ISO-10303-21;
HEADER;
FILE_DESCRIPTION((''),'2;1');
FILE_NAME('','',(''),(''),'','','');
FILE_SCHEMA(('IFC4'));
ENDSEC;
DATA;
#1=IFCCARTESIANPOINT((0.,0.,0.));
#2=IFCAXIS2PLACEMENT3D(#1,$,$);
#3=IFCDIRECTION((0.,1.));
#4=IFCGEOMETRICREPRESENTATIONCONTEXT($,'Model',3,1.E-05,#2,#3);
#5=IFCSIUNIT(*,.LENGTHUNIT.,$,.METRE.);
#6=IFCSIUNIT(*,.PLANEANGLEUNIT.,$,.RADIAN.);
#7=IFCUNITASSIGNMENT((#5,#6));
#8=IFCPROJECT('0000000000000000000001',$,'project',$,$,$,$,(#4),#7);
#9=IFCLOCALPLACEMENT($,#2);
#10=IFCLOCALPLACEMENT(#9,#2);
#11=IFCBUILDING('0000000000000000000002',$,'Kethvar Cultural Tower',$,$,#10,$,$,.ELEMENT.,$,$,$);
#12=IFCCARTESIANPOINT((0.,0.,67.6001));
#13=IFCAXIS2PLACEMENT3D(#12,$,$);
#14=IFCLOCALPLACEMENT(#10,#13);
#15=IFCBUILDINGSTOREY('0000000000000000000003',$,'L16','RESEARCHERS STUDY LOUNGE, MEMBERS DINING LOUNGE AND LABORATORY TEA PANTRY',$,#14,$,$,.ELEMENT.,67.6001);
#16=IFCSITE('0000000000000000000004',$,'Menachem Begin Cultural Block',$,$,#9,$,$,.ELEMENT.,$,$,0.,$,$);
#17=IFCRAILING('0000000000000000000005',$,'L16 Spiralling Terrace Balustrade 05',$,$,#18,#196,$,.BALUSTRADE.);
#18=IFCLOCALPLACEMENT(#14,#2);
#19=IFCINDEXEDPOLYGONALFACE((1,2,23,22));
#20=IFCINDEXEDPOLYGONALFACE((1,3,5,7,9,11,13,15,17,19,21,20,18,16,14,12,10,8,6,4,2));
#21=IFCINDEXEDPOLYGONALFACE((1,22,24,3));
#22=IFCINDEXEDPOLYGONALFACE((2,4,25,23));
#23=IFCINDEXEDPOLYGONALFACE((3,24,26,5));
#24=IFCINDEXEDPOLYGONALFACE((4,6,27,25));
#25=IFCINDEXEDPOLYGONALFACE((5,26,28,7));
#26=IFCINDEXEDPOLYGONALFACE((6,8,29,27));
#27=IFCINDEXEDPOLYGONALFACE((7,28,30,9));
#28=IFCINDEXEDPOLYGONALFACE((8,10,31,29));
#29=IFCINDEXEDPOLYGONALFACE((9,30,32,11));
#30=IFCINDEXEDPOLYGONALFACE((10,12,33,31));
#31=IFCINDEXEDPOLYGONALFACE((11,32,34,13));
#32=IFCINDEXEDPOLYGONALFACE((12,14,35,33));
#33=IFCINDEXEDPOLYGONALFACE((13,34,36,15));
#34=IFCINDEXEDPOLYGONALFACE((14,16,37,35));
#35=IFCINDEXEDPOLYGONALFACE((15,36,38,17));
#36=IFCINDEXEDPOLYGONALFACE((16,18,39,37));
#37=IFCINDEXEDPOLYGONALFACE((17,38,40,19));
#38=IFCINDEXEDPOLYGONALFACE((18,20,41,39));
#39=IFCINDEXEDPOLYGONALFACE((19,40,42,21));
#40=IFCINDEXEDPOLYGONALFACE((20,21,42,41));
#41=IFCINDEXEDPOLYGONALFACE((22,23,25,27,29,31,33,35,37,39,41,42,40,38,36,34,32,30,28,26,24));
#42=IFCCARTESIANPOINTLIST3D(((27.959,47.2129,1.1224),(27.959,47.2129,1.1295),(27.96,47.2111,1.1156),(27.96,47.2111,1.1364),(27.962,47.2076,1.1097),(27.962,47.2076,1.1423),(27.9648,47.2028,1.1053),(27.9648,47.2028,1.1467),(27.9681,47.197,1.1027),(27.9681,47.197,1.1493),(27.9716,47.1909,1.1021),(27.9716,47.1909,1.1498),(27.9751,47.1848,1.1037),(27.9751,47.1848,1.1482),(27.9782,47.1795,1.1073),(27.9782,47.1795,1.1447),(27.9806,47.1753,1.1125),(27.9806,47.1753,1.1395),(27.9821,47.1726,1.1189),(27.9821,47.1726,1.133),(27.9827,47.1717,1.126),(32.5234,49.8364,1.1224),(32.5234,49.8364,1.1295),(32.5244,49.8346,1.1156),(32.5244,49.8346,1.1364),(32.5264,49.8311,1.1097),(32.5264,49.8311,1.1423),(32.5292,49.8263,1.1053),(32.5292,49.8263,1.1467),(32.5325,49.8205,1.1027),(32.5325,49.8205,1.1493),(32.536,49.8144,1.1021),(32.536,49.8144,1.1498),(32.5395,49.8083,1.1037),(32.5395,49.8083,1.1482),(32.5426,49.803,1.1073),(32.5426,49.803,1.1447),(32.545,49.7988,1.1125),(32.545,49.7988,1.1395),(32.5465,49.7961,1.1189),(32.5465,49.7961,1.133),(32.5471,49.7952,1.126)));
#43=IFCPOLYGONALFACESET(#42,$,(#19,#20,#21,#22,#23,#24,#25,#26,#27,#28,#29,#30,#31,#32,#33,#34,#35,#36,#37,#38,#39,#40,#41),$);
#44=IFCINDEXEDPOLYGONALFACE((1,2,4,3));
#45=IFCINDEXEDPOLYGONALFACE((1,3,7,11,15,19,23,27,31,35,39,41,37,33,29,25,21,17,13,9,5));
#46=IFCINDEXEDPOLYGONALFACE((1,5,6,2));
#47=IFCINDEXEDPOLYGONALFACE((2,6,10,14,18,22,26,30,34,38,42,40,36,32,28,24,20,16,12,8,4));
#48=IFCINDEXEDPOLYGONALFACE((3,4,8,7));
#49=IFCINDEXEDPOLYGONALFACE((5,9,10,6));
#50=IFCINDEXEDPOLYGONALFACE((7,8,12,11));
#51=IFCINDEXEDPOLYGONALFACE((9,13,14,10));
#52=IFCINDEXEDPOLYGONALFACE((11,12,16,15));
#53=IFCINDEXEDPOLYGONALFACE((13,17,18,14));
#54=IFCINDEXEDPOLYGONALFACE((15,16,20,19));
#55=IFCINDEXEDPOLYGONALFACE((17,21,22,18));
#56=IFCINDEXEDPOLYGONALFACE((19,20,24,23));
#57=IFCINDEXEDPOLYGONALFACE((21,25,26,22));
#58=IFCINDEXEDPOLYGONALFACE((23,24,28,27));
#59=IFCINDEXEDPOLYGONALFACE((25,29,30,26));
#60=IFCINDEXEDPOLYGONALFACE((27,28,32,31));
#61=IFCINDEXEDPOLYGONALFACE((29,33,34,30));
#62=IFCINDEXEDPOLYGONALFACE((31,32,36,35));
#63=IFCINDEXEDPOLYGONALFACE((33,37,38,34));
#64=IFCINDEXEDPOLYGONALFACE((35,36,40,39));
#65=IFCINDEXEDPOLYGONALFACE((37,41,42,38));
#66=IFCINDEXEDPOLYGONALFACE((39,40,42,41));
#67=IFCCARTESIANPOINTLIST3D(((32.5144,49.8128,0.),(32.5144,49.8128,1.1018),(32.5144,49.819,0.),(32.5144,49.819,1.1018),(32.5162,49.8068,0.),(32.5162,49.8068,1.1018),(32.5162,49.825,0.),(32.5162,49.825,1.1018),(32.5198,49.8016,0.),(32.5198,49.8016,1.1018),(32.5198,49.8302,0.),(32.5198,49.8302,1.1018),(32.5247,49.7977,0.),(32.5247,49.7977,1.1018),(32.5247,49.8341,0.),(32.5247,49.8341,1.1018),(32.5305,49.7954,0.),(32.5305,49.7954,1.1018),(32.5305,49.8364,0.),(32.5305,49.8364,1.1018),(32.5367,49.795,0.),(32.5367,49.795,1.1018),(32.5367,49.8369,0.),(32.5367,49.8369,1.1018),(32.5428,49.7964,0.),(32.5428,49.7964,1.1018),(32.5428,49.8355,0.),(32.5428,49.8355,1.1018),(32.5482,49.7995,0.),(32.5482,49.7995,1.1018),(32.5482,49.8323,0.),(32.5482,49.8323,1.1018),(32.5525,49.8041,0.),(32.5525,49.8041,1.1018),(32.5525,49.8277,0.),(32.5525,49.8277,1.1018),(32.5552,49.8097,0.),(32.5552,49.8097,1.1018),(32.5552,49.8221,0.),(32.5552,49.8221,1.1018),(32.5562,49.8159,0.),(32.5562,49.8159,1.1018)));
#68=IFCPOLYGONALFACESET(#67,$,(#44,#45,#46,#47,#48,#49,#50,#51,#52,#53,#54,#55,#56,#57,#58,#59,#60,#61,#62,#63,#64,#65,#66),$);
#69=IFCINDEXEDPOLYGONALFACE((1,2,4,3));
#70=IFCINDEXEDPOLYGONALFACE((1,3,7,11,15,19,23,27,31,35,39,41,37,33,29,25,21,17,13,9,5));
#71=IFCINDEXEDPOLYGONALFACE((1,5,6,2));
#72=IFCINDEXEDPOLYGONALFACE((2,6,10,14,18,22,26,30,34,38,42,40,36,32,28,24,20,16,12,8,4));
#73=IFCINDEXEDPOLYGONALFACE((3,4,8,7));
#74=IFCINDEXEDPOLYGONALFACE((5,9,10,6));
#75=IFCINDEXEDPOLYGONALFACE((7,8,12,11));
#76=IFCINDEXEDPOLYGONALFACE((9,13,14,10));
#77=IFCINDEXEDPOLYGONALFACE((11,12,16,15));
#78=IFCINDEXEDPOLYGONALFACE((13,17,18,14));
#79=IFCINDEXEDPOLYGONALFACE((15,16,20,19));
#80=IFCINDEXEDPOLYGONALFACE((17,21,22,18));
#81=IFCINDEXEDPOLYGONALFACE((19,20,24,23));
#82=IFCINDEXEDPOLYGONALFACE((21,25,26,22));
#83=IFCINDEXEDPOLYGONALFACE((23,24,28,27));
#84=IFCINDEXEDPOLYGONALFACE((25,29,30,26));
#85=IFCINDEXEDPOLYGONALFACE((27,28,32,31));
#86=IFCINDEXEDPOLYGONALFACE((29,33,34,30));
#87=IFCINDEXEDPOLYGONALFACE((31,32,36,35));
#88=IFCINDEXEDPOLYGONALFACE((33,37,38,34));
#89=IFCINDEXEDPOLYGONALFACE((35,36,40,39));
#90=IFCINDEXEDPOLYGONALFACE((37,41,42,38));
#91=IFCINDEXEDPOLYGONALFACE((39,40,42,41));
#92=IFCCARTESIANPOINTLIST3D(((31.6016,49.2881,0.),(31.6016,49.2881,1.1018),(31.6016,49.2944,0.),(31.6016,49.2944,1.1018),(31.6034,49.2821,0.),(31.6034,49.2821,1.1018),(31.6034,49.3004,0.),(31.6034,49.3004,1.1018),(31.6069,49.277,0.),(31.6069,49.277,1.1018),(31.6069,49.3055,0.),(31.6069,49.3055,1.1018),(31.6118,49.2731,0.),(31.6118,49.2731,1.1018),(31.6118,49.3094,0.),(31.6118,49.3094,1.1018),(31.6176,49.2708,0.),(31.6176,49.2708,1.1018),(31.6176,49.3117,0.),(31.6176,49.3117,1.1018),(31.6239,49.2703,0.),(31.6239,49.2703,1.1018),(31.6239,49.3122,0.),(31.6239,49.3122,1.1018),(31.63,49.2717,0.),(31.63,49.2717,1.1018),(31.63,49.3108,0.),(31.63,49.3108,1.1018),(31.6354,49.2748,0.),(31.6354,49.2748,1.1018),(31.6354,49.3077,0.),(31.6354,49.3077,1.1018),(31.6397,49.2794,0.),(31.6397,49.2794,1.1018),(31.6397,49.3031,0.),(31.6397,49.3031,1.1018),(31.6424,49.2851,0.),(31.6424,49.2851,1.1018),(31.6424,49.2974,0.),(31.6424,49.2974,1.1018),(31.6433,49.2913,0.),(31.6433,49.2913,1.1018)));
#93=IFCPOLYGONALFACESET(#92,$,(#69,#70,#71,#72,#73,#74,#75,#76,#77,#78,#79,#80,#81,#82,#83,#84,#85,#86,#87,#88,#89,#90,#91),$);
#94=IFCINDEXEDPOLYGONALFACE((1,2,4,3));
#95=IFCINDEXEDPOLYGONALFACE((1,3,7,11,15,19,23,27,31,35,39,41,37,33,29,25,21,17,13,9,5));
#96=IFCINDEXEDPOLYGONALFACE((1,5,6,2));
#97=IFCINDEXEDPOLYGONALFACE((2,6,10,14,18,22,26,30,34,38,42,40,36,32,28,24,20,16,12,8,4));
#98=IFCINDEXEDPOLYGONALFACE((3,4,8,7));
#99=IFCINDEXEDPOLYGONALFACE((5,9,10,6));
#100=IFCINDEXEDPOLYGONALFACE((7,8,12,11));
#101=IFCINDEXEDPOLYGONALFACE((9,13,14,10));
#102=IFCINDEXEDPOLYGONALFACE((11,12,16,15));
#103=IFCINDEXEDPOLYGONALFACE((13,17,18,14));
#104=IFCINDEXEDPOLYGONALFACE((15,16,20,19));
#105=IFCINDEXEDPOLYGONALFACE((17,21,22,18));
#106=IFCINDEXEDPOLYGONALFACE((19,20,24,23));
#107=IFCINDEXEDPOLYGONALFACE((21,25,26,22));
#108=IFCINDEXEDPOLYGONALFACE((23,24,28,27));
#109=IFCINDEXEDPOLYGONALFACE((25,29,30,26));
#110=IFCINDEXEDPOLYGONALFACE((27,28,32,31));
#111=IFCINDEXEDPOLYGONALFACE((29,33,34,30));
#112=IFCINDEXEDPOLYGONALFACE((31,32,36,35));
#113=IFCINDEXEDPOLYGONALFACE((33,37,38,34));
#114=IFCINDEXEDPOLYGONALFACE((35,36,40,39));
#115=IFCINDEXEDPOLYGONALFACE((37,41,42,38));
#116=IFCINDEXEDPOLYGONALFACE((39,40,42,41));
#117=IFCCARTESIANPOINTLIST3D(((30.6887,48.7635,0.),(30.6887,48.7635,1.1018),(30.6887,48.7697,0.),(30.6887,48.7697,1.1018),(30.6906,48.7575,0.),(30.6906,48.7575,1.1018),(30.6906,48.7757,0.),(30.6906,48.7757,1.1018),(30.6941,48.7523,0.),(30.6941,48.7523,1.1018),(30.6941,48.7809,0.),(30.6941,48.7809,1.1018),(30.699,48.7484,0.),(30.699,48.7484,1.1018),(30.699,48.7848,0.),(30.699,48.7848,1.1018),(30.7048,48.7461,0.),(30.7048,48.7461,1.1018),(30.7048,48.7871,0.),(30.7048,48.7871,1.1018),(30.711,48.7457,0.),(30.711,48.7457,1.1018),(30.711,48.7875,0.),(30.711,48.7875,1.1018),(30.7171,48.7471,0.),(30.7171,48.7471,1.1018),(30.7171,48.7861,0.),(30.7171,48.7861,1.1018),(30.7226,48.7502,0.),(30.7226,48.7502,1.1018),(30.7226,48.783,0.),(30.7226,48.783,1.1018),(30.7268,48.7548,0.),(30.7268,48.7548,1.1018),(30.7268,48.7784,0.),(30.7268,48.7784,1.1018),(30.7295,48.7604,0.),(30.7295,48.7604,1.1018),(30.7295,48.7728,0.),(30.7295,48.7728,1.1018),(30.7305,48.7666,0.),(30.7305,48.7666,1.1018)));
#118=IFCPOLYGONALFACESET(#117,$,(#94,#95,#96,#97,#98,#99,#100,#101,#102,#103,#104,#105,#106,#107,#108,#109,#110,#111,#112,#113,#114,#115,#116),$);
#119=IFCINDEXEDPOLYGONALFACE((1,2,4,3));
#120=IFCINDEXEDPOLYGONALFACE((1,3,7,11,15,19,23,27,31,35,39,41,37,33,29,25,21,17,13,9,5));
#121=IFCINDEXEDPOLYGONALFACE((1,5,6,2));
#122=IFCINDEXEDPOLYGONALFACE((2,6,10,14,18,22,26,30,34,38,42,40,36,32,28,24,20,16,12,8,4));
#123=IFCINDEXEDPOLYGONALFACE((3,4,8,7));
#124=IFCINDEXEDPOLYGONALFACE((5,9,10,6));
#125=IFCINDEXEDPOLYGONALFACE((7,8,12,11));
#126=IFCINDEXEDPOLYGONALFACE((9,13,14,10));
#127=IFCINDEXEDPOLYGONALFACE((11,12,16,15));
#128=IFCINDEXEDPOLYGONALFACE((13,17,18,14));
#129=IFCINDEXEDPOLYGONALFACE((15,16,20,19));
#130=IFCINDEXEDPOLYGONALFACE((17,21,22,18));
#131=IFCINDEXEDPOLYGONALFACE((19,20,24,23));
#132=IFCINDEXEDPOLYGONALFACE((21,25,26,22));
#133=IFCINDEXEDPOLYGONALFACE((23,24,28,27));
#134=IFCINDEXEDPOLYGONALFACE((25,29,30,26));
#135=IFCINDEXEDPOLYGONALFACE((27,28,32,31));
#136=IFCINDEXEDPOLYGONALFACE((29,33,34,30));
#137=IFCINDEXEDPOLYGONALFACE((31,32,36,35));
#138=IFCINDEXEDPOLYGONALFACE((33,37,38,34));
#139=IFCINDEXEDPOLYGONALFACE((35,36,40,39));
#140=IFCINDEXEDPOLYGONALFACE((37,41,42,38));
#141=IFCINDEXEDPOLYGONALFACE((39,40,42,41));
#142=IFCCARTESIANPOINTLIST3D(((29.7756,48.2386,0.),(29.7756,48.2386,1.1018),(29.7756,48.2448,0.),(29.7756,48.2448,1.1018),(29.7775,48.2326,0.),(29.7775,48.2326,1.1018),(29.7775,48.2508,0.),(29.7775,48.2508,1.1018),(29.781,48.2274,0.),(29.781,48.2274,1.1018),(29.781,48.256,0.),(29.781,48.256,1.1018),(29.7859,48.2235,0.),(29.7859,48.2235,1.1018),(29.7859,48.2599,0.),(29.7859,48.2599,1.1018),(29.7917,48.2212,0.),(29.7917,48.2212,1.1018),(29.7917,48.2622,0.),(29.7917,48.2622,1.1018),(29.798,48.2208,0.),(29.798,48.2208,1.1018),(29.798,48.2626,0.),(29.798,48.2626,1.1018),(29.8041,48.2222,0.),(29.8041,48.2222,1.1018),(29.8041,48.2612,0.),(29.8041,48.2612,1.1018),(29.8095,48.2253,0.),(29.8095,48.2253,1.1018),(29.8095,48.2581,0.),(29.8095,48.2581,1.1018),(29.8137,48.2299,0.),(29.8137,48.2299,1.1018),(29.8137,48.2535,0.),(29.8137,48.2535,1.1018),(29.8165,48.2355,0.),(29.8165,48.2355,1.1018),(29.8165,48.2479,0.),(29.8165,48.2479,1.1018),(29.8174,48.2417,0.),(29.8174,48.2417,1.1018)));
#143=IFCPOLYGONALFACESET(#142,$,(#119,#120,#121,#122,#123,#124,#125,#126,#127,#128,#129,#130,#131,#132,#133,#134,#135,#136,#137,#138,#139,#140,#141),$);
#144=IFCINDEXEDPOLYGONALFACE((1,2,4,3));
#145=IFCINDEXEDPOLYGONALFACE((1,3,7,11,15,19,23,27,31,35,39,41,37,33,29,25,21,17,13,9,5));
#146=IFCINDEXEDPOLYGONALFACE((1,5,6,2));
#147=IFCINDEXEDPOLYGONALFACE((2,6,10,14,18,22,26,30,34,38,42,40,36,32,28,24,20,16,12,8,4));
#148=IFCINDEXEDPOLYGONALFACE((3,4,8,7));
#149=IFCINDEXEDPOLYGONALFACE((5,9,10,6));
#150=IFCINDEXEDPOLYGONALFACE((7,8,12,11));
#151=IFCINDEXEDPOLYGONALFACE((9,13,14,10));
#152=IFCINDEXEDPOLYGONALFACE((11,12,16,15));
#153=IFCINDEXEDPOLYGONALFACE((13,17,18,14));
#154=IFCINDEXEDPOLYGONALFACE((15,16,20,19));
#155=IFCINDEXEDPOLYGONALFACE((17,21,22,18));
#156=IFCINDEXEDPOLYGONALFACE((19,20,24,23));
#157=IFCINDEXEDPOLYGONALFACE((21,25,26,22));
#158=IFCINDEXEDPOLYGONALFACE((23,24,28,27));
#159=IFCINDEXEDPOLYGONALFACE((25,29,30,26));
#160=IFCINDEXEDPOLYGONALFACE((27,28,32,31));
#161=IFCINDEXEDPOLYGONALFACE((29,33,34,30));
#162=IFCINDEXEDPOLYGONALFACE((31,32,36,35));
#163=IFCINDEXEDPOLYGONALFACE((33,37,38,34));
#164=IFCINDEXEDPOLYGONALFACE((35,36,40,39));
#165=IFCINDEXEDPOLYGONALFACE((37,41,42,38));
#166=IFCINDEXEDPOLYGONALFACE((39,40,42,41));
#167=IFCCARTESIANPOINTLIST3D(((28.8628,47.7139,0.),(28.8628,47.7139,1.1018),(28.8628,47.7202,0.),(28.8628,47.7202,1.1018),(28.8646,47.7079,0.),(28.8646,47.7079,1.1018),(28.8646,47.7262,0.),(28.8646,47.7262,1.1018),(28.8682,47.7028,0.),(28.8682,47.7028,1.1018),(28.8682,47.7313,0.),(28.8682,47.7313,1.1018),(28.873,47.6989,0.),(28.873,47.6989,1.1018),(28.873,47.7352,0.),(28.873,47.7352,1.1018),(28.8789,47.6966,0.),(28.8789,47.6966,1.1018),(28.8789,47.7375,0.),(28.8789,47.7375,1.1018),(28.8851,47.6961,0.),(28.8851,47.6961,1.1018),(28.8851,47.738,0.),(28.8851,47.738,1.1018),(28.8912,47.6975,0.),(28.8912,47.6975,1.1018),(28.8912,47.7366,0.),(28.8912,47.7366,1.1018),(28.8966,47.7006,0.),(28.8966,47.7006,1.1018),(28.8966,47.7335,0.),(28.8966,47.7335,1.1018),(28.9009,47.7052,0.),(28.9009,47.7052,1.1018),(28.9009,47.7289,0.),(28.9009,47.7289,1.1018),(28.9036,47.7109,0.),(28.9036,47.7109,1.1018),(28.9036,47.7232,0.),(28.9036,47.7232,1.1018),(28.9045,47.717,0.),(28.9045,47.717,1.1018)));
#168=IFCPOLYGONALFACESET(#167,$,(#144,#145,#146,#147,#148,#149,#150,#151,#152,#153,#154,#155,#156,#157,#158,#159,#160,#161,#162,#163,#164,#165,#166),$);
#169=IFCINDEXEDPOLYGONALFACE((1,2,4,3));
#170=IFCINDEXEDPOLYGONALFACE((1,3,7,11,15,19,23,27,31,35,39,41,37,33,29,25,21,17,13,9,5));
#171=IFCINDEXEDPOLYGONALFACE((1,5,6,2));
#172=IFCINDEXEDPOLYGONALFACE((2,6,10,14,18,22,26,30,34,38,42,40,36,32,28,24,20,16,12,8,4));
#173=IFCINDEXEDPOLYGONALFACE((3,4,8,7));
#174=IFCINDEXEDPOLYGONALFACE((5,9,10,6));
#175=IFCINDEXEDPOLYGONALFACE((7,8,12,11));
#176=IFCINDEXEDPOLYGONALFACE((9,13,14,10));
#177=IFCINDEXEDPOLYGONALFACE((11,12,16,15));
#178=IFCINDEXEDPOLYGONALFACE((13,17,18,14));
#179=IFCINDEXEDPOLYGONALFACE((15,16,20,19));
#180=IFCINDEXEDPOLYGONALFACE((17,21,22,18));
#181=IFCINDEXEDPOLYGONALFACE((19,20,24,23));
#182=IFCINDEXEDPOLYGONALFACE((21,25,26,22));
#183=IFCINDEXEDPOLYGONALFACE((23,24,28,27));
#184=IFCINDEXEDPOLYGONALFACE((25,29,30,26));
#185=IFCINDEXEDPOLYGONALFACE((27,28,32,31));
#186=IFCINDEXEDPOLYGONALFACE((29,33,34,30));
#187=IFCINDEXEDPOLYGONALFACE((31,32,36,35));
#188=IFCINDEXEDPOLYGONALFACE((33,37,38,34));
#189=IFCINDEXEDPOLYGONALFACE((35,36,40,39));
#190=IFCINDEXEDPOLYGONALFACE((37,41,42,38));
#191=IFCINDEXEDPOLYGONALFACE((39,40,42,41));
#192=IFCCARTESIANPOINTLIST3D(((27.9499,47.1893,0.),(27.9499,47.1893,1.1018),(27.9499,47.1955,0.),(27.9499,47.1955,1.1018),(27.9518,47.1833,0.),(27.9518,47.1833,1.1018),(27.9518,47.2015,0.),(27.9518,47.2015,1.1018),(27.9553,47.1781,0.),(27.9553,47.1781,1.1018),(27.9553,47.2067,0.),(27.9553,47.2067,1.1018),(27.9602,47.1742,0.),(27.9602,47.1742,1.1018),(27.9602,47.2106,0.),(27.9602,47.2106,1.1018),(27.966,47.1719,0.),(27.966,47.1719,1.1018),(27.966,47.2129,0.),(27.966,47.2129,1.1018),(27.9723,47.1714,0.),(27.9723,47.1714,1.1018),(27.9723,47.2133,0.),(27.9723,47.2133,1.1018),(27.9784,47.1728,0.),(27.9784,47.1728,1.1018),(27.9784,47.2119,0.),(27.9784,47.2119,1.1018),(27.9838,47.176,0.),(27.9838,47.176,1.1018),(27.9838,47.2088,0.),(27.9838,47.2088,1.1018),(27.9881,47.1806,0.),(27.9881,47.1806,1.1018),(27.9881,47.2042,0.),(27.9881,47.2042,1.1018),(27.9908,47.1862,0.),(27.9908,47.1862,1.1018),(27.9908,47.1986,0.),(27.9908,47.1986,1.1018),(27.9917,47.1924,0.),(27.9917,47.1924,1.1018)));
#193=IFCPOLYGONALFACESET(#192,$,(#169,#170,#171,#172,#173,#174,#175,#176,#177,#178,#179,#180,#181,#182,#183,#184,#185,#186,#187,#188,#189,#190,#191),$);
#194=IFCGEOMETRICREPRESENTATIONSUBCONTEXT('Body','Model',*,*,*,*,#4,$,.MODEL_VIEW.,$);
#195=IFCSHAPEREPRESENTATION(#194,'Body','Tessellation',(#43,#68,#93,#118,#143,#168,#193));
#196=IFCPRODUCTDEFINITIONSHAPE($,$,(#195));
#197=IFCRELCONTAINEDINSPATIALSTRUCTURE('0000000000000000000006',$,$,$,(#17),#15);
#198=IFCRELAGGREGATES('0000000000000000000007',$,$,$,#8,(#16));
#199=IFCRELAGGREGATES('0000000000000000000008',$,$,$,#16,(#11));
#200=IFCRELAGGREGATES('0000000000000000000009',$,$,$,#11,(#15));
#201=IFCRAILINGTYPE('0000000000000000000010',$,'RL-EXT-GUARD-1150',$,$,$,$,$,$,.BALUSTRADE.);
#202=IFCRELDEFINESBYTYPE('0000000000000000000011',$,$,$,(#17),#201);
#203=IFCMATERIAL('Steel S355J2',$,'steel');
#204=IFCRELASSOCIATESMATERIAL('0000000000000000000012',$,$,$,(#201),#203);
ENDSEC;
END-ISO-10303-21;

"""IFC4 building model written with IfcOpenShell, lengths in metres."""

from ifc_helpers import new_model, si_unit, direction, frame, origin, origin_2d, place, context, subcontext, project, spatial, circle, extrude, material, type_object, element, save


model = new_model("IFC4")

# Units and contexts
model_context = context("Model", 3, precision=1e-05, world=origin(), true_north=direction((0.0, 1.0)))
body_context = subcontext(model_context, "Body", "Model", "MODEL_VIEW")
ifc_project = project(units=[si_unit("LENGTHUNIT", "METRE"), si_unit("PLANEANGLEUNIT", "RADIAN")], contexts=[model_context])

# Site, building, storey
site_placement = place(None, origin())
site = spatial("IfcSite", under=ifc_project, at=site_placement, Name="Menachem Begin Cultural Block", CompositionType="ELEMENT", RefElevation=0.0)
building_placement = place(site_placement, origin())
building = spatial("IfcBuilding", under=site, at=building_placement, Name="Kethvar Cultural Tower", CompositionType="ELEMENT")
storey_placement = place(building_placement, frame((0.0, 0.0, 67.6001)))
storey = spatial("IfcBuildingStorey", under=building, at=storey_placement, Name="L16", Description="RESEARCHERS STUDY LOUNGE, MEMBERS DINING LOUNGE AND LABORATORY TEA PANTRY", CompositionType="ELEMENT", Elevation=67.6001)

# Shared definitions
ifc_material_1 = material(Name="Steel S355J2", Category="steel")

# Railing
railing_type = type_object("IfcRailingType", Name="RL-EXT-GUARD-1150", PredefinedType="BALUSTRADE", material=ifc_material_1)
railing_1_placement = place(storey_placement, frame((32.5352, 49.8159, 0.0)))
element("IfcRailing", 1, at=railing_1_placement, inside=storey, type_object=railing_type, Name="L16 Spiralling Terrace Balustrade 05", PredefinedType="BALUSTRADE", context=body_context, shape_type="SweptSolid", body=[
    extrude(circle(Radius=0.0239, at=origin_2d()), frame((0.0, 0.0, 1.126), z_axis=(-0.86699, -0.498325, 0.0), x_axis=(0.498325, -0.86699, 0.0)), (0.0, 0.0, 1.0), 5.2646),
    extrude(circle(Radius=0.021, at=origin_2d()), origin(), (0.0, 0.0, 1.0), 1.1018),
    extrude(circle(Radius=0.021, at=origin_2d()), frame((-0.9128, -0.5247, 0.0)), (0.0, 0.0, 1.0), 1.1018),
    extrude(circle(Radius=0.021, at=origin_2d()), frame((-1.8257, -1.0493, 0.0)), (0.0, 0.0, 1.0), 1.1018),
    extrude(circle(Radius=0.021, at=origin_2d()), frame((-2.7388, -1.5742, 0.0)), (0.0, 0.0, 1.0), 1.1018),
    extrude(circle(Radius=0.021, at=origin_2d()), frame((-3.6516, -2.0989, 0.0)), (0.0, 0.0, 1.0), 1.1018),
    extrude(circle(Radius=0.021, at=origin_2d()), frame((-4.5645, -2.6235, 0.0)), (0.0, 0.0, 1.0), 1.1018),
])

save(model, "model.ifc")
